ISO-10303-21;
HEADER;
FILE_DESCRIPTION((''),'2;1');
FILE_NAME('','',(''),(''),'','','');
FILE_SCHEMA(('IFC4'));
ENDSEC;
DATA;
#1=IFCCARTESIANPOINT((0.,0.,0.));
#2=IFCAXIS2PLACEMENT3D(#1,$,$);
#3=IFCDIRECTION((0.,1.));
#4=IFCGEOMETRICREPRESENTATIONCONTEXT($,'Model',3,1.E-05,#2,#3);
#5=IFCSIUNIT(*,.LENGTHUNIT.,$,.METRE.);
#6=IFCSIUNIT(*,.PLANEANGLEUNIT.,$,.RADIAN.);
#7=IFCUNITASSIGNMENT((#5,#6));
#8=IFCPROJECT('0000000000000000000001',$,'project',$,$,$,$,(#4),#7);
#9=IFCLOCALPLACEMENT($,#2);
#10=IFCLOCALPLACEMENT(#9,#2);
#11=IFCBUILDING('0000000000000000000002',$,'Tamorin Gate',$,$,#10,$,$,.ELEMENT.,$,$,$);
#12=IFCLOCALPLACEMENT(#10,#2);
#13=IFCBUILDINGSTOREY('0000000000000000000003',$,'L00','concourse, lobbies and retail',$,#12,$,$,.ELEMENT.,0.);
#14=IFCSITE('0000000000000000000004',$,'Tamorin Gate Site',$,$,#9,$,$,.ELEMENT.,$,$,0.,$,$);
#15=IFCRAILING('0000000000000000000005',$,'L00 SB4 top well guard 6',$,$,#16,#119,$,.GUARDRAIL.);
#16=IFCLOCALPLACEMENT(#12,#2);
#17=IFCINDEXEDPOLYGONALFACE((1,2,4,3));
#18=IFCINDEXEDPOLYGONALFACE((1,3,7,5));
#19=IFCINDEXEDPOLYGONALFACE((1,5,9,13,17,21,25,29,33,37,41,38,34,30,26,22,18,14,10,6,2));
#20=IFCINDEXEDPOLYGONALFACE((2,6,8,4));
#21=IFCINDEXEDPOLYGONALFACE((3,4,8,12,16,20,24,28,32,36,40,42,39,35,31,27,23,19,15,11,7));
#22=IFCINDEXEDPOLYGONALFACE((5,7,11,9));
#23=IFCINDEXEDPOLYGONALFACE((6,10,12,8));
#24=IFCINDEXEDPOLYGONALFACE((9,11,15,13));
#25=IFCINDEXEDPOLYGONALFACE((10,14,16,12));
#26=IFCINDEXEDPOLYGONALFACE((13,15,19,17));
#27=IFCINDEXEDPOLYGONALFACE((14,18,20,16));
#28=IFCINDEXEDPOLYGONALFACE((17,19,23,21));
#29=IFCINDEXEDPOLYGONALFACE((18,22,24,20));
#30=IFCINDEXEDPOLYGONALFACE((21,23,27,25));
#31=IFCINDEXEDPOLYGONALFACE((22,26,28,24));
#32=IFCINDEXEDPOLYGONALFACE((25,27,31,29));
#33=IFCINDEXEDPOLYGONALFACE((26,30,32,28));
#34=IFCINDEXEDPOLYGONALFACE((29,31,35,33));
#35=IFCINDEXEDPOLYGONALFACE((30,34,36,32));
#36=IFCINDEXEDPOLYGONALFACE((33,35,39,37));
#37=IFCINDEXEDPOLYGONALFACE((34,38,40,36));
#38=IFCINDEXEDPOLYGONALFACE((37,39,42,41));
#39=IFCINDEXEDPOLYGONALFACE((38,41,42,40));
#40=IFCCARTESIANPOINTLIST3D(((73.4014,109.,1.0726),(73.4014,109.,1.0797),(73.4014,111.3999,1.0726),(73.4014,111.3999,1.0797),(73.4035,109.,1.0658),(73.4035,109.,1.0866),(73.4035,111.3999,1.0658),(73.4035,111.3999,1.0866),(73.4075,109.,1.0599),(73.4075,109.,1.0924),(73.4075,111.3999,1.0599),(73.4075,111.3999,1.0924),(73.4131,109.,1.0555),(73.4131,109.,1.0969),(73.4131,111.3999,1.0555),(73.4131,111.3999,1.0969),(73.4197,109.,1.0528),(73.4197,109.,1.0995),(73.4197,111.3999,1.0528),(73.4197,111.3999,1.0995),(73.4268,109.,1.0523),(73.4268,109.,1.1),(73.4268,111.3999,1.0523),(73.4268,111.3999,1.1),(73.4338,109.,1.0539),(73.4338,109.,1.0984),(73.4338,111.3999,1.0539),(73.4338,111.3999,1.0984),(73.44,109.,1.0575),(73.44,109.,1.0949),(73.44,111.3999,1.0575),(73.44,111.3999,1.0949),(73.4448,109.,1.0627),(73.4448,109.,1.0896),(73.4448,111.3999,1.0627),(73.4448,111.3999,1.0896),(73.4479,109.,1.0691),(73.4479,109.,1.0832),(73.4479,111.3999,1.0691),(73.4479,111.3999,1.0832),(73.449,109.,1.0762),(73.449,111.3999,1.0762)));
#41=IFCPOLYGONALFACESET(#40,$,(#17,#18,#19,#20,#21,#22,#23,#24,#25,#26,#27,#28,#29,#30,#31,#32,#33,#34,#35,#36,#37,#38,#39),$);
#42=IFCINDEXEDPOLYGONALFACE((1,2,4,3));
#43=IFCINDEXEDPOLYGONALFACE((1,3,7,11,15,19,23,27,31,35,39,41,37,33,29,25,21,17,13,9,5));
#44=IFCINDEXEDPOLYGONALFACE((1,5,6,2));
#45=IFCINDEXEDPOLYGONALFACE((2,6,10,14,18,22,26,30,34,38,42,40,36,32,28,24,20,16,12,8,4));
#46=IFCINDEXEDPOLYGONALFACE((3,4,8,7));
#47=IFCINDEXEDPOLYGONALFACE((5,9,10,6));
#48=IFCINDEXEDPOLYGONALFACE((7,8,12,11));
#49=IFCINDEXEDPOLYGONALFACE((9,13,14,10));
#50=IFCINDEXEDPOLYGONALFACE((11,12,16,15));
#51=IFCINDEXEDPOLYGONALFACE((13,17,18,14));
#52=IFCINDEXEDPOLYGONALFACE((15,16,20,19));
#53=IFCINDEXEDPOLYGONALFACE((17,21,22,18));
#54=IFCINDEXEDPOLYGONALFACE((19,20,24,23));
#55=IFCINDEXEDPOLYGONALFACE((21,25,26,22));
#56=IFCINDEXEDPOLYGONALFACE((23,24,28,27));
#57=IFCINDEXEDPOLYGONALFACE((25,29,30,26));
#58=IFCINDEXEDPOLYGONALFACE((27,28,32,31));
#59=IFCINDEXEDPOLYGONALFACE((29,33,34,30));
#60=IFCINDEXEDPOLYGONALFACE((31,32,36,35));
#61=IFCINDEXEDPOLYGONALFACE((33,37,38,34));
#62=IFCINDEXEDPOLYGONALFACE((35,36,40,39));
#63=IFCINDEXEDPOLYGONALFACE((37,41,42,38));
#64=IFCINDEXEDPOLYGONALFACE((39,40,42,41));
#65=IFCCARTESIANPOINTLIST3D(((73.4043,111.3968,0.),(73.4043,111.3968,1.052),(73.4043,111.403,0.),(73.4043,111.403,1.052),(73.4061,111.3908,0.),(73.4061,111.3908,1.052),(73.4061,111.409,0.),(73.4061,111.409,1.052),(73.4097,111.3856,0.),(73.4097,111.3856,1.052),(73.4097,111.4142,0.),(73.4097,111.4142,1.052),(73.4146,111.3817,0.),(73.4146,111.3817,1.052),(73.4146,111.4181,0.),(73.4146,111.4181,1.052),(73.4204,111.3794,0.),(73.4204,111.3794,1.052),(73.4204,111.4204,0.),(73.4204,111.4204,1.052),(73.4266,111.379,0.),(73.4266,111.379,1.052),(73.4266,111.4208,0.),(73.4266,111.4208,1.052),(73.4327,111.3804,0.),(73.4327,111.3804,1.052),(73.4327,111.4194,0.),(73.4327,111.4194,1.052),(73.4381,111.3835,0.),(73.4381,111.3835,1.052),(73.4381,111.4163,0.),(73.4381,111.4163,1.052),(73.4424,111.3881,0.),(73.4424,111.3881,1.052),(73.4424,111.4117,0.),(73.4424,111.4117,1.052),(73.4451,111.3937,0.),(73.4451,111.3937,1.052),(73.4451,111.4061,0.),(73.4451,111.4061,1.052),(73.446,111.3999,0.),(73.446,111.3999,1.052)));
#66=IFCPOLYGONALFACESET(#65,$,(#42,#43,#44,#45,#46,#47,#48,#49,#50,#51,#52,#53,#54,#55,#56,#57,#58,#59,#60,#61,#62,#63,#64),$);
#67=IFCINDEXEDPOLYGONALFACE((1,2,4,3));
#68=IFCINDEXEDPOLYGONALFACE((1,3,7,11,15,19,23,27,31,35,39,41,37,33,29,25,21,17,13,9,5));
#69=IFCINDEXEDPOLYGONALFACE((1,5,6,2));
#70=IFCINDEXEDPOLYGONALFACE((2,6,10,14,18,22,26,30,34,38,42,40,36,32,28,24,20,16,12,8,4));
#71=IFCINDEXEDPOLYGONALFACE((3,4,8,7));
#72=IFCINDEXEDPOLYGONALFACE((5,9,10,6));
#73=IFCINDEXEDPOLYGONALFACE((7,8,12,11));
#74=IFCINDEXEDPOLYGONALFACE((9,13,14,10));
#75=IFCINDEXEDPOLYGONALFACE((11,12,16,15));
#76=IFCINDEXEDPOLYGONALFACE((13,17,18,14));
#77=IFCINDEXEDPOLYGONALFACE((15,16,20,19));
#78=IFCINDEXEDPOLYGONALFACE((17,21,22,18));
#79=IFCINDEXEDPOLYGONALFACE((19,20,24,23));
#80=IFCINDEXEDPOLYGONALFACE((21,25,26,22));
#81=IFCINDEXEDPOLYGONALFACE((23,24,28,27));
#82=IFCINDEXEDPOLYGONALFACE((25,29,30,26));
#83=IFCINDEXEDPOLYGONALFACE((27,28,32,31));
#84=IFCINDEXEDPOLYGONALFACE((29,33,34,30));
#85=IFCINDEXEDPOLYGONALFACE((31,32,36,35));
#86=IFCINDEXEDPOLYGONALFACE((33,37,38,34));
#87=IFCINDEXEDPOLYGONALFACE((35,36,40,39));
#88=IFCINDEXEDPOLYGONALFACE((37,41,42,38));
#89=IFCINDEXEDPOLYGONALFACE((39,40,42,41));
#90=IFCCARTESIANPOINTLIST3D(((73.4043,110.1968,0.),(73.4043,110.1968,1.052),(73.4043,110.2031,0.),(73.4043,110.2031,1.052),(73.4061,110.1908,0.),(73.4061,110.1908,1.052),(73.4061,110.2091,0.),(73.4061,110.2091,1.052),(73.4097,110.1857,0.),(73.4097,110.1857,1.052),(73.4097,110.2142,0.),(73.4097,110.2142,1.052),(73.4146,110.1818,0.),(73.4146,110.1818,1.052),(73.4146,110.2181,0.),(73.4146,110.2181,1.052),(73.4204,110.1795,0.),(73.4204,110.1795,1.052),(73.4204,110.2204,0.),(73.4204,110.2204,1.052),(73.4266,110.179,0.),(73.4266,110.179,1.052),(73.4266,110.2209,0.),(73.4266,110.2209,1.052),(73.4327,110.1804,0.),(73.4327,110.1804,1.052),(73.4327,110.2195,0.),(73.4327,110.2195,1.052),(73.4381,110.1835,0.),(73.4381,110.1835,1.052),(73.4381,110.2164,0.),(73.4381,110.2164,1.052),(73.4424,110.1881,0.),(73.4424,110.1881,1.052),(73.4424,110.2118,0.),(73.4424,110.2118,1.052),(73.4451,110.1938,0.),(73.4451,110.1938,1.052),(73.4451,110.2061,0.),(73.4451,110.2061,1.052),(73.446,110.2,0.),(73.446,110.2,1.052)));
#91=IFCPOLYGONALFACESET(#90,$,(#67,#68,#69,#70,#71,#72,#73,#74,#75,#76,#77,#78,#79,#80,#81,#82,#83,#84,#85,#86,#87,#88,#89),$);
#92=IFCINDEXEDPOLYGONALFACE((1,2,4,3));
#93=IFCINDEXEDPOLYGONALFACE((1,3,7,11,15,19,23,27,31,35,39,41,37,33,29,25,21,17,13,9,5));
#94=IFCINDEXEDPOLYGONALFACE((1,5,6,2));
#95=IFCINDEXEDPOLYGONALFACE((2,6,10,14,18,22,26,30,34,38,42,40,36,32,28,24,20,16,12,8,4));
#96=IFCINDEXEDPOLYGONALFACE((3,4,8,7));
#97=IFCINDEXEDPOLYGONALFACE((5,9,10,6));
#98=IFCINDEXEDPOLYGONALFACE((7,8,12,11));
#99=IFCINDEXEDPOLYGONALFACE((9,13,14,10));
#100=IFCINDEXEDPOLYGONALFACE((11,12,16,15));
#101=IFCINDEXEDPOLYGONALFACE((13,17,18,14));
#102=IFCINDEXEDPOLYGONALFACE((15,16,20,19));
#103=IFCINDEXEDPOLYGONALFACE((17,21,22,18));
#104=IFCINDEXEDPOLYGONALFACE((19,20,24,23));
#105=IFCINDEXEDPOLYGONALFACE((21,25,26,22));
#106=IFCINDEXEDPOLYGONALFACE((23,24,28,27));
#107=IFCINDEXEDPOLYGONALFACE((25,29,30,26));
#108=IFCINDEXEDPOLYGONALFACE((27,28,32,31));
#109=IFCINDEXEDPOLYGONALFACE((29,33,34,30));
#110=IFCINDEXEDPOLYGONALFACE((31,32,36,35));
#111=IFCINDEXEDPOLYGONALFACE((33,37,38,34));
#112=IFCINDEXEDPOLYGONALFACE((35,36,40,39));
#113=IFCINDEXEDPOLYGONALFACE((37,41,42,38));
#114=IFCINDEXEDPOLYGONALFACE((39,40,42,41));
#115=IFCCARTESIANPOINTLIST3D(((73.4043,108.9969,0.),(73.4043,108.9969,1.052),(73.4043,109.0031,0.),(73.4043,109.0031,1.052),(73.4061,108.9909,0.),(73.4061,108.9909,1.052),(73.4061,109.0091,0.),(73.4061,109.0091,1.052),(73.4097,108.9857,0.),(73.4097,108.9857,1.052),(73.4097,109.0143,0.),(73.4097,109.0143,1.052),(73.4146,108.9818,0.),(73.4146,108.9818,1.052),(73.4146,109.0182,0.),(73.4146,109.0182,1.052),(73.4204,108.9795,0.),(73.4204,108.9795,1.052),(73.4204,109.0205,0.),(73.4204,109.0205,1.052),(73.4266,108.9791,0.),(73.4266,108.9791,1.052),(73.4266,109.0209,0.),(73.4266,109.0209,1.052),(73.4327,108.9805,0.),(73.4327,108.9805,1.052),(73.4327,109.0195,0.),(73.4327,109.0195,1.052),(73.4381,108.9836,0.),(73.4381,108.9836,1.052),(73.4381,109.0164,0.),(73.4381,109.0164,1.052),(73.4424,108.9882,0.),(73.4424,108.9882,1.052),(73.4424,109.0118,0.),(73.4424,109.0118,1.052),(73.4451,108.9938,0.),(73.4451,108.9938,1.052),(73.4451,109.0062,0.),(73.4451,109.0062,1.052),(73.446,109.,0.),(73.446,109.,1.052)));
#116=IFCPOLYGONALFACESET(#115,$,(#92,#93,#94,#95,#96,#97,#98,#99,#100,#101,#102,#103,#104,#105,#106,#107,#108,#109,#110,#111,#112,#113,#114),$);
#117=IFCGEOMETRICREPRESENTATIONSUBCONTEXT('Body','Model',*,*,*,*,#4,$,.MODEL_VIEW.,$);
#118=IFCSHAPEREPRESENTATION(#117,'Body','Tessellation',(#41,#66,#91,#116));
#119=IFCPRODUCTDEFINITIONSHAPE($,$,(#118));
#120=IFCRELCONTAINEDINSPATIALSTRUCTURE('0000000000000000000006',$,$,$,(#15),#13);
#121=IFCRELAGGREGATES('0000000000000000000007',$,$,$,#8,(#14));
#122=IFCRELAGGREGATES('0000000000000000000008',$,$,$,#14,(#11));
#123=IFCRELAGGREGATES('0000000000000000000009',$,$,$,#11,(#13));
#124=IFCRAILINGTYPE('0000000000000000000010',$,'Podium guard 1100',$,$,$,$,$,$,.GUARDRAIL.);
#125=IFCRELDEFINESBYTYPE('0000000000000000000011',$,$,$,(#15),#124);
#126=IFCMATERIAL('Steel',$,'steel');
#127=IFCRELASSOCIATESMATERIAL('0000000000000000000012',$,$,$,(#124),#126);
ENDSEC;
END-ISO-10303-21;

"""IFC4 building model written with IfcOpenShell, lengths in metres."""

from ifc_helpers import new_model, si_unit, direction, frame, origin, origin_2d, place, context, subcontext, project, spatial, circle, extrude, material, type_object, element, save


model = new_model("IFC4")

# Units and contexts
model_context = context("Model", 3, precision=1e-05, world=origin(), true_north=direction((0.0, 1.0)))
body_context = subcontext(model_context, "Body", "Model", "MODEL_VIEW")
ifc_project = project(units=[si_unit("LENGTHUNIT", "METRE"), si_unit("PLANEANGLEUNIT", "RADIAN")], contexts=[model_context])

# Site, building, storey
site_placement = place(None, origin())
site = spatial("IfcSite", under=ifc_project, at=site_placement, Name="Tamorin Gate Site", CompositionType="ELEMENT", RefElevation=0.0)
building_placement = place(site_placement, origin())
building = spatial("IfcBuilding", under=site, at=building_placement, Name="Tamorin Gate", CompositionType="ELEMENT")
storey_placement = place(building_placement, origin())
storey = spatial("IfcBuildingStorey", under=building, at=storey_placement, Name="L00", Description="concourse, lobbies and retail", CompositionType="ELEMENT", Elevation=0.0)

# Railing
ifc_material_1 = material(Name="Steel", Category="steel")
railing_type = type_object("IfcRailingType", Name="Podium guard 1100", PredefinedType="GUARDRAIL", material=ifc_material_1)
for number, where, name in (
    (1, (73.425, 111.3999, 0.0), "L00 SB4 top well guard 6"),
):
    element("IfcRailing", number, at=place(storey_placement, frame(where)), inside=storey, type_object=railing_type, Name=name, PredefinedType="GUARDRAIL", context=body_context, shape_type="SweptSolid", body=[
        extrude(circle(Radius=0.0239, at=origin_2d()), frame((0.0, 0.0, 1.0762), z_axis=(0.0, -1.0, 0.0), x_axis=(1.0, 0.0, 0.0)), (0.0, 0.0, 1.0), 2.3999),
        extrude(circle(Radius=0.021, at=origin_2d()), origin(), (0.0, 0.0, 1.0), 1.052),
        extrude(circle(Radius=0.021, at=origin_2d()), frame((0.0, -1.2, 0.0)), (0.0, 0.0, 1.0), 1.052),
        extrude(circle(Radius=0.021, at=origin_2d()), frame((0.0, -2.3999, 0.0)), (0.0, 0.0, 1.0), 1.052),
    ])

save(model, "model.ifc")
